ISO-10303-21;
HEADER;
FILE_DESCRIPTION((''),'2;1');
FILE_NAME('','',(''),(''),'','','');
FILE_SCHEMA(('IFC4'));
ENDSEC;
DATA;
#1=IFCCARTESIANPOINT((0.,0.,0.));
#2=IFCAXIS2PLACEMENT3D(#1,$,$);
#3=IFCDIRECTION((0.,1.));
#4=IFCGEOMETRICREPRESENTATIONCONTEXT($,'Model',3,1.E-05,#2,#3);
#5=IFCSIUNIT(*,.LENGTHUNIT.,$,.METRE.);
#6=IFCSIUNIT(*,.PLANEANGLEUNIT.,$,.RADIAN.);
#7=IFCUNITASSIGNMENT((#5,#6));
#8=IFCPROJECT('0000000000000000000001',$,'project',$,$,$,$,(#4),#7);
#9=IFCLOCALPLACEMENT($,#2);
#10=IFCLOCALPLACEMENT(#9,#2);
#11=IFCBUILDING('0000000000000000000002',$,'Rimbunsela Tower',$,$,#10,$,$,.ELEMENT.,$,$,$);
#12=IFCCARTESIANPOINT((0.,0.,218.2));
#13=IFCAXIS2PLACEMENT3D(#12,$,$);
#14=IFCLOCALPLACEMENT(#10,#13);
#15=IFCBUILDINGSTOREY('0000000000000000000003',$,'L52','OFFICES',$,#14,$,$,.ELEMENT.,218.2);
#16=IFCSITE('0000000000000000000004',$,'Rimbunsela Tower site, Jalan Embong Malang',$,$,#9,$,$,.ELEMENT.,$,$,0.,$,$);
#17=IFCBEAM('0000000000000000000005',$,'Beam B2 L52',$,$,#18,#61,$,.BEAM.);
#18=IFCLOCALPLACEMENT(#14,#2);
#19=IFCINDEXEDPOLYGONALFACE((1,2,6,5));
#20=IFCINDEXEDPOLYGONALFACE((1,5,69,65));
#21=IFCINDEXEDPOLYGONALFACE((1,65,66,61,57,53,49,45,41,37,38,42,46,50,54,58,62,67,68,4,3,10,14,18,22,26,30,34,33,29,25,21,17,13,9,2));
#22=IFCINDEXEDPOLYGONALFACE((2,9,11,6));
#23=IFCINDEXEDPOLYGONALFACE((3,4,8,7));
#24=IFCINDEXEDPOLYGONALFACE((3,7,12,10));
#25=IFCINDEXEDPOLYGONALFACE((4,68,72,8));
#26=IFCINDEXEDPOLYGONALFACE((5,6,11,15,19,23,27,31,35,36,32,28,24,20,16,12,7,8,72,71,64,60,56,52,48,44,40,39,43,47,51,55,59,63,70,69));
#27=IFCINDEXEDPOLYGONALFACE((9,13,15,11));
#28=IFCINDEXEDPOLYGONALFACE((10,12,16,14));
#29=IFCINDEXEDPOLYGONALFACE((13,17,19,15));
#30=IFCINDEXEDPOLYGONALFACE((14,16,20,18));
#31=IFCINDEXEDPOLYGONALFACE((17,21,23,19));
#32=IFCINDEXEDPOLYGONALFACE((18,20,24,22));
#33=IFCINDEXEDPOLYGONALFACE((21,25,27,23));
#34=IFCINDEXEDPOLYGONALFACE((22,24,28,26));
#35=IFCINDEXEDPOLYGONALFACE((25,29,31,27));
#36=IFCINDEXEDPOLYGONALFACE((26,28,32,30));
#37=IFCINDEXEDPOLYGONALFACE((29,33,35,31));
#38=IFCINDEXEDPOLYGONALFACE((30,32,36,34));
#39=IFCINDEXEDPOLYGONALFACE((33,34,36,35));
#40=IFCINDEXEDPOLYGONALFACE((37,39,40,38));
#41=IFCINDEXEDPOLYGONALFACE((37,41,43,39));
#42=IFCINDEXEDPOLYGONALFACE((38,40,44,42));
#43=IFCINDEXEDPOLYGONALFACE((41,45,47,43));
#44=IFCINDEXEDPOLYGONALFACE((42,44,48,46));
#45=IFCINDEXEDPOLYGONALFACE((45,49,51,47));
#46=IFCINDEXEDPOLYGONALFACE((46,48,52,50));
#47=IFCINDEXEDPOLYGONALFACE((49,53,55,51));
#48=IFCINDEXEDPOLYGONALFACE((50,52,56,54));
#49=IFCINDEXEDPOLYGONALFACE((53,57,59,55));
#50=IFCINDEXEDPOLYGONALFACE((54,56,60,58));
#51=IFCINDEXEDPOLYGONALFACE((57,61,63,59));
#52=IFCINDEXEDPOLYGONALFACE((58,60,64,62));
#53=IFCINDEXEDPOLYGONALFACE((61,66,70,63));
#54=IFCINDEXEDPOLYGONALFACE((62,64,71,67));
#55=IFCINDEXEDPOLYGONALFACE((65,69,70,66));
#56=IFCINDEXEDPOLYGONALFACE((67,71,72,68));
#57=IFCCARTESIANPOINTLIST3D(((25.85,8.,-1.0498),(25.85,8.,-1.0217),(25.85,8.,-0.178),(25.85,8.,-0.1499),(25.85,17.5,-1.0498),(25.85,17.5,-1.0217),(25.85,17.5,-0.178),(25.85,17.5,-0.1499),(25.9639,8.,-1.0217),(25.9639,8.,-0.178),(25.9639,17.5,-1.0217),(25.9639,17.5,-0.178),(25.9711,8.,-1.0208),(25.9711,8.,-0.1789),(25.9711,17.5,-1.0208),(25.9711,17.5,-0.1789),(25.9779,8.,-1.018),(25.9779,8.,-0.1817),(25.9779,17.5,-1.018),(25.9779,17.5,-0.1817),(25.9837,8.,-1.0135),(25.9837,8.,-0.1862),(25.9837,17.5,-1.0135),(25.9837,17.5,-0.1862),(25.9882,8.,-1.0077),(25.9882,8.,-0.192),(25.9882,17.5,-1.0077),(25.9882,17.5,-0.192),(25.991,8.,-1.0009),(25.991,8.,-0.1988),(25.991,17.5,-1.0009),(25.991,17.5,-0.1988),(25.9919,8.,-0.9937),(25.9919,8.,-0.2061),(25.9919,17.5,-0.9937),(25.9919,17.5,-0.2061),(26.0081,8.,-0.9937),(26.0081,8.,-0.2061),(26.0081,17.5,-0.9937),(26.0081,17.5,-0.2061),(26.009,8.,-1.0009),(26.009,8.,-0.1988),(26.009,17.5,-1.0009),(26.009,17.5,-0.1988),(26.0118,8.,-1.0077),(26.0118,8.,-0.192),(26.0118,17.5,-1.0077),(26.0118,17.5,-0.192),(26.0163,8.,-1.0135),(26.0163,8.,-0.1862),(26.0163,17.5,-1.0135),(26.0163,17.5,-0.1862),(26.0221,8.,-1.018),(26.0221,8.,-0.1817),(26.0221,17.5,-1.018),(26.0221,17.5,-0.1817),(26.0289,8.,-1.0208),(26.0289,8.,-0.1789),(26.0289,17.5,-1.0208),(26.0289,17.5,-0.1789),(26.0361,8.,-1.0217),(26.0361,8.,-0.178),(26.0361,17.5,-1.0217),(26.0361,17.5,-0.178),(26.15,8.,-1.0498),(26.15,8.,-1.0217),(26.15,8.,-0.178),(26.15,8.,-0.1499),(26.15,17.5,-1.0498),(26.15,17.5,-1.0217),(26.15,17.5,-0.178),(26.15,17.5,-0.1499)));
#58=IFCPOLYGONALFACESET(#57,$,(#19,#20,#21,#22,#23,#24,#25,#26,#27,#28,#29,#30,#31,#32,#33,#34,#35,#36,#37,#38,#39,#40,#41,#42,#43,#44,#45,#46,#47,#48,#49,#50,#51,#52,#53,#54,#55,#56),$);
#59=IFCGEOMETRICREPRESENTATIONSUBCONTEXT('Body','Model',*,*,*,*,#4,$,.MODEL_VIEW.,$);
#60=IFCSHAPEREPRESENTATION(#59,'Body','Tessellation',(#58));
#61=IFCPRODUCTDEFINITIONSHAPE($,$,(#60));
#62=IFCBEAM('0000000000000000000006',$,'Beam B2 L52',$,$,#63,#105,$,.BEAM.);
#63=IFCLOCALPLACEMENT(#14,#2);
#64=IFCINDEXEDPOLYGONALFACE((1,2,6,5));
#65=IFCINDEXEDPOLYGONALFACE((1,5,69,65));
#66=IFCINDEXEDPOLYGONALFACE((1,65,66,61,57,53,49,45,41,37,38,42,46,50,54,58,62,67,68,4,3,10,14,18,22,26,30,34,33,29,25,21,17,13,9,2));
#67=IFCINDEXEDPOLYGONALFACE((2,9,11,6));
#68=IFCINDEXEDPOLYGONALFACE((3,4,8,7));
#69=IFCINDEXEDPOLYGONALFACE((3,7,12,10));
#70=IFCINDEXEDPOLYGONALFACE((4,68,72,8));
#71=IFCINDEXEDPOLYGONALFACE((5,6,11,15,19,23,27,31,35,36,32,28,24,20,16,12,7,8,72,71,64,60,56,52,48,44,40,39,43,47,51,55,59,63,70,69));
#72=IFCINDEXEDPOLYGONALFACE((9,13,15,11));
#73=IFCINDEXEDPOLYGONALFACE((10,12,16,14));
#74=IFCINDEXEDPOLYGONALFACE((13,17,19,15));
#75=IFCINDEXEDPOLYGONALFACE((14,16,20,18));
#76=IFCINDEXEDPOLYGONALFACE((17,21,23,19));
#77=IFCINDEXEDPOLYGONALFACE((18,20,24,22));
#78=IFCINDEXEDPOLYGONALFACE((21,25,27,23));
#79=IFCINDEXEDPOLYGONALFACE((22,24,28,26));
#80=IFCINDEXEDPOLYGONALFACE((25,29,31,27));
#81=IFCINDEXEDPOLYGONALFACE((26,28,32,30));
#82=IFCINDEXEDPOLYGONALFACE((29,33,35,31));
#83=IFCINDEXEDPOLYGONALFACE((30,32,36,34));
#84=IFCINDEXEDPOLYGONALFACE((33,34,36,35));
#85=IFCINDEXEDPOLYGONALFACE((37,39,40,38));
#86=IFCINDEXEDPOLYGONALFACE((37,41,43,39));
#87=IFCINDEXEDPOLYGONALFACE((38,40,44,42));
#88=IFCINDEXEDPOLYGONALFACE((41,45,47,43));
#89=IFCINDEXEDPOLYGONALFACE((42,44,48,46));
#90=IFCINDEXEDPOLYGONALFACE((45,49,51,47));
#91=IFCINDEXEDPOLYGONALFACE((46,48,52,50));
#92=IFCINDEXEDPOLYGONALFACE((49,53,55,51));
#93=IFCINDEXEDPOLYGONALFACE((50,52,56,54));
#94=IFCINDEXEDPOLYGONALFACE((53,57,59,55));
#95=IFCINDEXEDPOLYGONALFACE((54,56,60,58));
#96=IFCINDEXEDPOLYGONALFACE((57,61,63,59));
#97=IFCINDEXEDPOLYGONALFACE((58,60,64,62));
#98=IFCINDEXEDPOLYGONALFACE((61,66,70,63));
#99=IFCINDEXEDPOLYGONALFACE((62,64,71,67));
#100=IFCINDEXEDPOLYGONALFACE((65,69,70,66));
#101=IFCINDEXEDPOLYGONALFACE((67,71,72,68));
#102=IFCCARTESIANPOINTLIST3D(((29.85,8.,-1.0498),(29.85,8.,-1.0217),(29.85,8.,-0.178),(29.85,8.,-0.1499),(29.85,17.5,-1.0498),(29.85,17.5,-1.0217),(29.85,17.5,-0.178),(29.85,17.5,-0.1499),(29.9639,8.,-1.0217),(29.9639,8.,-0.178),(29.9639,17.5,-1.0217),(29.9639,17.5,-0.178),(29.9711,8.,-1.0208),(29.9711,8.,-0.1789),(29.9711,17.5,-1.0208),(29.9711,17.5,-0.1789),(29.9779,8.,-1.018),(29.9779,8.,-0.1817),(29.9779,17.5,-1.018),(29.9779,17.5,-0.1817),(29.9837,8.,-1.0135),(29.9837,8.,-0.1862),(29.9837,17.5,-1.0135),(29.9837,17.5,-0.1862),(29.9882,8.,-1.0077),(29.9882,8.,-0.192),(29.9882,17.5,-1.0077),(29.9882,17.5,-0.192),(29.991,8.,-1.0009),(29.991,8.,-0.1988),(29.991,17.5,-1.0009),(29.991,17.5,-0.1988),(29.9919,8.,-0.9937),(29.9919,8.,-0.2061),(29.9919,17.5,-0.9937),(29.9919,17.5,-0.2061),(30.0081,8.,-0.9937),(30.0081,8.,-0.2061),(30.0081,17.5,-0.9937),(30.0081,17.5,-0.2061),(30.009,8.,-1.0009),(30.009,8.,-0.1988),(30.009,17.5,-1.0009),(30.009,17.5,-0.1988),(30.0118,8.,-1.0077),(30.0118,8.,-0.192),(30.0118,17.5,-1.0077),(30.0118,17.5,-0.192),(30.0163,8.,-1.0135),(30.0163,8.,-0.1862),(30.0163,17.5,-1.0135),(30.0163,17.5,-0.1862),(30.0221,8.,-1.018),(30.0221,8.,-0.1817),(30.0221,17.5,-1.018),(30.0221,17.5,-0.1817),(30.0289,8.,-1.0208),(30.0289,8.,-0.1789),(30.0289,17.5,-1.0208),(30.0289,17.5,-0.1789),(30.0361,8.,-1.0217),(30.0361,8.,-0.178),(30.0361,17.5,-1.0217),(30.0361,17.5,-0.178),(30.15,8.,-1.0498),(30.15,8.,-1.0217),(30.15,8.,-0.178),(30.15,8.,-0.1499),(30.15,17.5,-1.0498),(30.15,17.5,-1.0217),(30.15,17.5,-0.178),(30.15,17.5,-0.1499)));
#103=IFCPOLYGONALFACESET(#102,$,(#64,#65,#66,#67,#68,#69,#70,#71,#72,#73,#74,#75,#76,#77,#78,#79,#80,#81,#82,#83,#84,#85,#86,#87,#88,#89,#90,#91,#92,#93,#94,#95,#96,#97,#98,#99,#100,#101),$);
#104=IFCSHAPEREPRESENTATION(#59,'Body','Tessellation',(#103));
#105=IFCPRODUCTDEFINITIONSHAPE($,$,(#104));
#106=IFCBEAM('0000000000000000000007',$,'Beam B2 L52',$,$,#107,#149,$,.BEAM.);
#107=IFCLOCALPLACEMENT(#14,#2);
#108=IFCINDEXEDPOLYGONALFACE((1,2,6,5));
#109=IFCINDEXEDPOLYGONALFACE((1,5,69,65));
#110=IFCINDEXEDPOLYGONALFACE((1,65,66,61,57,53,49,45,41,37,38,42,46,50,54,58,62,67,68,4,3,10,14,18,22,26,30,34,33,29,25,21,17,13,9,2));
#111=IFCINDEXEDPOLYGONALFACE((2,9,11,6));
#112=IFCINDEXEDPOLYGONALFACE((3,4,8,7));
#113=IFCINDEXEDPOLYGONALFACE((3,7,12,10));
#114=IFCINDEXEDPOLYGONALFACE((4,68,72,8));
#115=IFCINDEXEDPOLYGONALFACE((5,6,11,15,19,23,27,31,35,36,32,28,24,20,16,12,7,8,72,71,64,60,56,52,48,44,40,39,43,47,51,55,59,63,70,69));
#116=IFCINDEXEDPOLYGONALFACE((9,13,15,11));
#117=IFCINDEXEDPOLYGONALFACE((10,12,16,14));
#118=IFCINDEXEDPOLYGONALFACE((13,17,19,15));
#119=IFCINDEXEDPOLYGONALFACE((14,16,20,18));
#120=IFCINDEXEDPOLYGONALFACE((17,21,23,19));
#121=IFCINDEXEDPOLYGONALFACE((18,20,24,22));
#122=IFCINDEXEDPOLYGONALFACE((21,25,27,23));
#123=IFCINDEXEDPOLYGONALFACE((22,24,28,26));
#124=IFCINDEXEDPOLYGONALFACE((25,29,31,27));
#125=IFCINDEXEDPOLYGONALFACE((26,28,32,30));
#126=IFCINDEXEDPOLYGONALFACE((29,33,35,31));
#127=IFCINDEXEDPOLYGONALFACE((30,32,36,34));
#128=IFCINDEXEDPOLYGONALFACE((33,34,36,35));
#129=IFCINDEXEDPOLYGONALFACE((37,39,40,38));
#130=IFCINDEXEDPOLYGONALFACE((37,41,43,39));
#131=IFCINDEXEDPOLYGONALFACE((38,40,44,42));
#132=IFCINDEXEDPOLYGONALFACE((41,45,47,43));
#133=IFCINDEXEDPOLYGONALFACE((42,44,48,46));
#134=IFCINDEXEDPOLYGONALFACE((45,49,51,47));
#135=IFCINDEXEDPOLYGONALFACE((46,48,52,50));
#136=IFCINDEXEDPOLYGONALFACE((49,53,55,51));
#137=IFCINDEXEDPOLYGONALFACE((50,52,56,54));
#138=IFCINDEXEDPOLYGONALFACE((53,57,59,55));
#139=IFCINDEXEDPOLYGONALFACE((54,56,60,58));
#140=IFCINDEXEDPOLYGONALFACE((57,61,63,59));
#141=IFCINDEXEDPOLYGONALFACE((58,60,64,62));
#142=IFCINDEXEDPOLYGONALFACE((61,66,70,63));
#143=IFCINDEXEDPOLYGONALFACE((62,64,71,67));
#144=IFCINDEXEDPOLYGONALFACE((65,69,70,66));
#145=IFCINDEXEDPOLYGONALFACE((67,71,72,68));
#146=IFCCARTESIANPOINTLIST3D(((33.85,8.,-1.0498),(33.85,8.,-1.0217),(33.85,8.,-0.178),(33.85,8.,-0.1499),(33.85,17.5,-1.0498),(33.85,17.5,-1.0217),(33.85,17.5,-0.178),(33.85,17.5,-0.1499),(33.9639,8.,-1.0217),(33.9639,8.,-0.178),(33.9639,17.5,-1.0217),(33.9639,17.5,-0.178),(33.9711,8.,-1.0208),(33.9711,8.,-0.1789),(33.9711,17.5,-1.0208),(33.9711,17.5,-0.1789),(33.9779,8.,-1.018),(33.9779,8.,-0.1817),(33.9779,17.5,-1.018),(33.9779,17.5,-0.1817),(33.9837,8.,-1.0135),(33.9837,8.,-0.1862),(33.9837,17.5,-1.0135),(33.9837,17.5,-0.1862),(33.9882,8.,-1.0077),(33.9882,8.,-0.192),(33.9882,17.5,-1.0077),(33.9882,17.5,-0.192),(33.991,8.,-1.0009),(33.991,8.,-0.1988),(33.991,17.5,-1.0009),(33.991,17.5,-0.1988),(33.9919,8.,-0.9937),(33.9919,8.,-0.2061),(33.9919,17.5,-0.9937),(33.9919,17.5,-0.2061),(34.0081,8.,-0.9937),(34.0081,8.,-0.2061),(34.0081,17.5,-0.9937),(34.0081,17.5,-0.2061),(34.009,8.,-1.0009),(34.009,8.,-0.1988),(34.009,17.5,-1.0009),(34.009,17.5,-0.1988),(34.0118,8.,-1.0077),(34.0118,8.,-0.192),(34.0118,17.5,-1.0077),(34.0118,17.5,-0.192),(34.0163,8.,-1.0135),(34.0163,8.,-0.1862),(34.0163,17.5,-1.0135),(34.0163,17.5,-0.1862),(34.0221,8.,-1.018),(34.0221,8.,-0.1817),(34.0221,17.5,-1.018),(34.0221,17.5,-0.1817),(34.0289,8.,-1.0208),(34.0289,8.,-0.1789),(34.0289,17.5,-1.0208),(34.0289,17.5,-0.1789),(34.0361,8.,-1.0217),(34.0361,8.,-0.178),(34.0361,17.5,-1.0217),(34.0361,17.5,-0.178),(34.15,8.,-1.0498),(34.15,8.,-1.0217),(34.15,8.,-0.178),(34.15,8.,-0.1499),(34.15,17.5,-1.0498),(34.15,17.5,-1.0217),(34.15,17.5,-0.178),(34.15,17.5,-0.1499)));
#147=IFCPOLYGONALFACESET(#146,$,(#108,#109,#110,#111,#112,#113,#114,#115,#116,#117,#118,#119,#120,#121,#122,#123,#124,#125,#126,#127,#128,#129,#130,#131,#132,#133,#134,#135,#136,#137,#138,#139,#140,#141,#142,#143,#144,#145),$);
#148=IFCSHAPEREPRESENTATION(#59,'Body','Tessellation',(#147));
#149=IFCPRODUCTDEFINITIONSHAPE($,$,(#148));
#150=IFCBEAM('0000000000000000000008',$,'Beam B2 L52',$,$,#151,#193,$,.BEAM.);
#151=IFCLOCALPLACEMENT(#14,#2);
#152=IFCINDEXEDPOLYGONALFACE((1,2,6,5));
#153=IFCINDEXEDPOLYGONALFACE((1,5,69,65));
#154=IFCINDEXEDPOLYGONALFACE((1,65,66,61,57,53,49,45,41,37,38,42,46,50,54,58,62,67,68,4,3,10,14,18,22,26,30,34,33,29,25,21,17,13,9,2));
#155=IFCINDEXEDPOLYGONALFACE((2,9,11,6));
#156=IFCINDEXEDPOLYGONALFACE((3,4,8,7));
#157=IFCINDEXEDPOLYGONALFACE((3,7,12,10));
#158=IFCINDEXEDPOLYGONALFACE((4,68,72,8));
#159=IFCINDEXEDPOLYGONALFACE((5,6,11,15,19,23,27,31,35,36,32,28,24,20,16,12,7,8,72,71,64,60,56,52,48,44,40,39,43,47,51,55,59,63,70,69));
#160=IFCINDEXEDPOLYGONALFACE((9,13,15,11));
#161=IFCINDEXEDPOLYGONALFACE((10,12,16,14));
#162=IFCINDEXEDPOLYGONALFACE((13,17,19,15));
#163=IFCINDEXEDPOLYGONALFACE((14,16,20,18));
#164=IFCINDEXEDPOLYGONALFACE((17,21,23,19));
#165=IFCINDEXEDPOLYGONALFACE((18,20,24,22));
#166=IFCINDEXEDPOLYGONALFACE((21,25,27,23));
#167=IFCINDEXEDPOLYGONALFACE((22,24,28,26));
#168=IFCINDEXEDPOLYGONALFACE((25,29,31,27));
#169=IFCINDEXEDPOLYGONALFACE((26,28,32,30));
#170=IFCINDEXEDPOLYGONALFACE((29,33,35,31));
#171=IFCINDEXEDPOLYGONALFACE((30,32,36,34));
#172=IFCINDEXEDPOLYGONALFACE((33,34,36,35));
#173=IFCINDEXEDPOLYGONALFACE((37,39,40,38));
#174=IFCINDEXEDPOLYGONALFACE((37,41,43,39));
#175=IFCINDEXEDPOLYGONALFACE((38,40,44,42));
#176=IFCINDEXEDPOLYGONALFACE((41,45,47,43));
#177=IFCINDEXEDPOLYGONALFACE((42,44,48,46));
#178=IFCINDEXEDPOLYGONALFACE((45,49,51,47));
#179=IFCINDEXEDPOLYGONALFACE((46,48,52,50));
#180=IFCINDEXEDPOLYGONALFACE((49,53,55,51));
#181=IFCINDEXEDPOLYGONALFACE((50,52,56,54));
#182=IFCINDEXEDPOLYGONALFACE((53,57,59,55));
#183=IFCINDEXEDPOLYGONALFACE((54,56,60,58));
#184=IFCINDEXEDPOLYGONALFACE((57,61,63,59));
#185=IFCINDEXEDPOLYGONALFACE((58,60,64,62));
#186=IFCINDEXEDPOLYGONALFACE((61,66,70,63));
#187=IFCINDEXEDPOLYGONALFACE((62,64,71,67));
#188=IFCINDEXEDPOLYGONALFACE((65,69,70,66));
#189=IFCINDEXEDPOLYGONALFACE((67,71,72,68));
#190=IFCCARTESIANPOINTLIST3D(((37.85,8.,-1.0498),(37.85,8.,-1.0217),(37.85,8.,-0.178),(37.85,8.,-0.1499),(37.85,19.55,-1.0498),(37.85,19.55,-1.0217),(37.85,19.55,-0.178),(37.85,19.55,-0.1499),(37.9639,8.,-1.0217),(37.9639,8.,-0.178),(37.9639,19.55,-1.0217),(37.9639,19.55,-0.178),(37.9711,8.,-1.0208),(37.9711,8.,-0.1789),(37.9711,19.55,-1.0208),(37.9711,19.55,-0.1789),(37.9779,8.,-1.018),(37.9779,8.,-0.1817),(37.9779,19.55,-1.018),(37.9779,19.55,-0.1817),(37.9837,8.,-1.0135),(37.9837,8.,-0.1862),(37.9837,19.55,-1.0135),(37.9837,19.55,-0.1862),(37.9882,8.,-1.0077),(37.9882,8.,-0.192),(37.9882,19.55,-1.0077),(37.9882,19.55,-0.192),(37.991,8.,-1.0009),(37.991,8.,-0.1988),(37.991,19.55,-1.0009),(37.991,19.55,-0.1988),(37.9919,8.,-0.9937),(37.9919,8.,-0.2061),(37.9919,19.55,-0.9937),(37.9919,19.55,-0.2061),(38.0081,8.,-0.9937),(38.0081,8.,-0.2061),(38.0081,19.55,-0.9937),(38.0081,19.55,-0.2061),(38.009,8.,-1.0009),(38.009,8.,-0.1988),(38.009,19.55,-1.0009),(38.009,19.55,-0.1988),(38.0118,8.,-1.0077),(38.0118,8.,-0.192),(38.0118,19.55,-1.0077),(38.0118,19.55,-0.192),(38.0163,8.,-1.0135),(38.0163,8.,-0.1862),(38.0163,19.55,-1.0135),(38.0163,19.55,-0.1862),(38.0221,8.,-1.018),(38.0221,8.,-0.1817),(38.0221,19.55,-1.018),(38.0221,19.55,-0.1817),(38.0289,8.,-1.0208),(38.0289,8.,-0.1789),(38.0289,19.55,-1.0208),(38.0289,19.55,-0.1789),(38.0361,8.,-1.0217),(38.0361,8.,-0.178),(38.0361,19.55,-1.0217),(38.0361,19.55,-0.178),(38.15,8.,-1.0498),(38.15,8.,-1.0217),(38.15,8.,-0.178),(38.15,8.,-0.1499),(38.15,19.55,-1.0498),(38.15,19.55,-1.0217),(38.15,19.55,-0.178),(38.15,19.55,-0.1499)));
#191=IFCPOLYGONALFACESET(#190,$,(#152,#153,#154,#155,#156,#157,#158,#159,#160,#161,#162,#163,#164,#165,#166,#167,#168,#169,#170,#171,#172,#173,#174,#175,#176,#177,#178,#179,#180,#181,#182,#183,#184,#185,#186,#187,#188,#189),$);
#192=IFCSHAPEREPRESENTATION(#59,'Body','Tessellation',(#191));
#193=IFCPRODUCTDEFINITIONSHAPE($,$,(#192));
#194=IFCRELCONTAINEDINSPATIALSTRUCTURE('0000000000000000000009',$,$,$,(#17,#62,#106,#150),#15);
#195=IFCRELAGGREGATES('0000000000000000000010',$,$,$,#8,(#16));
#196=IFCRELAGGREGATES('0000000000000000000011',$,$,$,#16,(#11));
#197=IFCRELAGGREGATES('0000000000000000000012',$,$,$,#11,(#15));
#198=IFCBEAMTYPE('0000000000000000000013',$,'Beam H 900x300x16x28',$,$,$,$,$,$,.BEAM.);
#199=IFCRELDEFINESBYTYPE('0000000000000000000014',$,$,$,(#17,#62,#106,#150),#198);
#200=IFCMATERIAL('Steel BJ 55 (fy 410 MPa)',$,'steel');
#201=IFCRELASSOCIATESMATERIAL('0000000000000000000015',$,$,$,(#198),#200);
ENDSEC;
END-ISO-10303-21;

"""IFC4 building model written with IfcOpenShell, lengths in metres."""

from ifc_helpers import new_model, si_unit, direction, frame, origin, origin_2d, place, context, subcontext, project, spatial, i_section, extrude, material, material_profile, profile_set, type_object, element, save


model = new_model("IFC4")

# Units and contexts
model_context = context("Model", 3, precision=1e-05, world=origin(), true_north=direction((0.0, 1.0)))
body_context = subcontext(model_context, "Body", "Model", "MODEL_VIEW")
ifc_project = project(units=[si_unit("LENGTHUNIT", "METRE"), si_unit("PLANEANGLEUNIT", "RADIAN")], contexts=[model_context])

# Site, building, storey
site_placement = place(None, origin())
site = spatial("IfcSite", under=ifc_project, at=site_placement, Name="Rimbunsela Tower site, Jalan Embong Malang", CompositionType="ELEMENT", RefElevation=0.0)
building_placement = place(site_placement, origin())
building = spatial("IfcBuilding", under=site, at=building_placement, Name="Rimbunsela Tower", CompositionType="ELEMENT")
storey_placement = place(building_placement, frame((0.0, 0.0, 218.2)))
storey = spatial("IfcBuildingStorey", under=building, at=storey_placement, Name="L52", Description="OFFICES", CompositionType="ELEMENT", Elevation=218.2)

# Beams
ifc_material_1 = material(Name="Steel BJ 55 (fy 410 MPa)", Category="steel")
ifc_material_profile_1 = material_profile(ifc_material_1, i_section(OverallWidth=0.3, OverallDepth=0.8999, WebThickness=0.0161, FlangeThickness=0.0281, FilletRadius=0.0281, at=origin_2d()), Name="H 900x300x16x28")
ifc_profile_set_1 = profile_set([ifc_material_profile_1], Name="Steel BJ 55 (fy 410 MPa)")
beam_type_1 = type_object("IfcBeamType", Name="Beam H 900x300x16x28", PredefinedType="BEAM", material=ifc_profile_set_1)
for number, where, z_axis, x_axis, name in (
    (1, (26.0, 8.0, -0.5999), (0.0, 1.0, 0.0), (-1.0, 0.0, 0.0), "Beam B2 L52"),
    (2, (30.0, 8.0, -0.5999), (0.0, 1.0, 0.0), (-1.0, 0.0, 0.0), "Beam B2 L52"),
    (3, (34.0, 8.0, -0.5999), (0.0, 1.0, 0.0), (-1.0, 0.0, 0.0), "Beam B2 L52"),
):
    element("IfcBeam", number, at=place(storey_placement, frame(where, z_axis=z_axis, x_axis=x_axis)), inside=storey, type_object=beam_type_1, Name=name, PredefinedType="BEAM", context=body_context, shape_type="SweptSolid", body=[
        extrude(i_section(OverallWidth=0.3, OverallDepth=0.8999, WebThickness=0.0161, FlangeThickness=0.0281, FilletRadius=0.0281, at=origin_2d()), origin(), (0.0, 0.0, 1.0), 9.5),
    ])
beam_placement = place(storey_placement, frame((38.0, 8.0, -0.5999), z_axis=(0.0, 1.0, 0.0), x_axis=(-1.0, 0.0, 0.0)))
element("IfcBeam", 4, at=beam_placement, inside=storey, type_object=beam_type_1, Name="Beam B2 L52", PredefinedType="BEAM", context=body_context, shape_type="SweptSolid", body=[
    extrude(i_section(OverallWidth=0.3, OverallDepth=0.8999, WebThickness=0.0161, FlangeThickness=0.0281, FilletRadius=0.0281, at=origin_2d()), origin(), (0.0, 0.0, 1.0), 11.55),
])

save(model, "model.ifc")
